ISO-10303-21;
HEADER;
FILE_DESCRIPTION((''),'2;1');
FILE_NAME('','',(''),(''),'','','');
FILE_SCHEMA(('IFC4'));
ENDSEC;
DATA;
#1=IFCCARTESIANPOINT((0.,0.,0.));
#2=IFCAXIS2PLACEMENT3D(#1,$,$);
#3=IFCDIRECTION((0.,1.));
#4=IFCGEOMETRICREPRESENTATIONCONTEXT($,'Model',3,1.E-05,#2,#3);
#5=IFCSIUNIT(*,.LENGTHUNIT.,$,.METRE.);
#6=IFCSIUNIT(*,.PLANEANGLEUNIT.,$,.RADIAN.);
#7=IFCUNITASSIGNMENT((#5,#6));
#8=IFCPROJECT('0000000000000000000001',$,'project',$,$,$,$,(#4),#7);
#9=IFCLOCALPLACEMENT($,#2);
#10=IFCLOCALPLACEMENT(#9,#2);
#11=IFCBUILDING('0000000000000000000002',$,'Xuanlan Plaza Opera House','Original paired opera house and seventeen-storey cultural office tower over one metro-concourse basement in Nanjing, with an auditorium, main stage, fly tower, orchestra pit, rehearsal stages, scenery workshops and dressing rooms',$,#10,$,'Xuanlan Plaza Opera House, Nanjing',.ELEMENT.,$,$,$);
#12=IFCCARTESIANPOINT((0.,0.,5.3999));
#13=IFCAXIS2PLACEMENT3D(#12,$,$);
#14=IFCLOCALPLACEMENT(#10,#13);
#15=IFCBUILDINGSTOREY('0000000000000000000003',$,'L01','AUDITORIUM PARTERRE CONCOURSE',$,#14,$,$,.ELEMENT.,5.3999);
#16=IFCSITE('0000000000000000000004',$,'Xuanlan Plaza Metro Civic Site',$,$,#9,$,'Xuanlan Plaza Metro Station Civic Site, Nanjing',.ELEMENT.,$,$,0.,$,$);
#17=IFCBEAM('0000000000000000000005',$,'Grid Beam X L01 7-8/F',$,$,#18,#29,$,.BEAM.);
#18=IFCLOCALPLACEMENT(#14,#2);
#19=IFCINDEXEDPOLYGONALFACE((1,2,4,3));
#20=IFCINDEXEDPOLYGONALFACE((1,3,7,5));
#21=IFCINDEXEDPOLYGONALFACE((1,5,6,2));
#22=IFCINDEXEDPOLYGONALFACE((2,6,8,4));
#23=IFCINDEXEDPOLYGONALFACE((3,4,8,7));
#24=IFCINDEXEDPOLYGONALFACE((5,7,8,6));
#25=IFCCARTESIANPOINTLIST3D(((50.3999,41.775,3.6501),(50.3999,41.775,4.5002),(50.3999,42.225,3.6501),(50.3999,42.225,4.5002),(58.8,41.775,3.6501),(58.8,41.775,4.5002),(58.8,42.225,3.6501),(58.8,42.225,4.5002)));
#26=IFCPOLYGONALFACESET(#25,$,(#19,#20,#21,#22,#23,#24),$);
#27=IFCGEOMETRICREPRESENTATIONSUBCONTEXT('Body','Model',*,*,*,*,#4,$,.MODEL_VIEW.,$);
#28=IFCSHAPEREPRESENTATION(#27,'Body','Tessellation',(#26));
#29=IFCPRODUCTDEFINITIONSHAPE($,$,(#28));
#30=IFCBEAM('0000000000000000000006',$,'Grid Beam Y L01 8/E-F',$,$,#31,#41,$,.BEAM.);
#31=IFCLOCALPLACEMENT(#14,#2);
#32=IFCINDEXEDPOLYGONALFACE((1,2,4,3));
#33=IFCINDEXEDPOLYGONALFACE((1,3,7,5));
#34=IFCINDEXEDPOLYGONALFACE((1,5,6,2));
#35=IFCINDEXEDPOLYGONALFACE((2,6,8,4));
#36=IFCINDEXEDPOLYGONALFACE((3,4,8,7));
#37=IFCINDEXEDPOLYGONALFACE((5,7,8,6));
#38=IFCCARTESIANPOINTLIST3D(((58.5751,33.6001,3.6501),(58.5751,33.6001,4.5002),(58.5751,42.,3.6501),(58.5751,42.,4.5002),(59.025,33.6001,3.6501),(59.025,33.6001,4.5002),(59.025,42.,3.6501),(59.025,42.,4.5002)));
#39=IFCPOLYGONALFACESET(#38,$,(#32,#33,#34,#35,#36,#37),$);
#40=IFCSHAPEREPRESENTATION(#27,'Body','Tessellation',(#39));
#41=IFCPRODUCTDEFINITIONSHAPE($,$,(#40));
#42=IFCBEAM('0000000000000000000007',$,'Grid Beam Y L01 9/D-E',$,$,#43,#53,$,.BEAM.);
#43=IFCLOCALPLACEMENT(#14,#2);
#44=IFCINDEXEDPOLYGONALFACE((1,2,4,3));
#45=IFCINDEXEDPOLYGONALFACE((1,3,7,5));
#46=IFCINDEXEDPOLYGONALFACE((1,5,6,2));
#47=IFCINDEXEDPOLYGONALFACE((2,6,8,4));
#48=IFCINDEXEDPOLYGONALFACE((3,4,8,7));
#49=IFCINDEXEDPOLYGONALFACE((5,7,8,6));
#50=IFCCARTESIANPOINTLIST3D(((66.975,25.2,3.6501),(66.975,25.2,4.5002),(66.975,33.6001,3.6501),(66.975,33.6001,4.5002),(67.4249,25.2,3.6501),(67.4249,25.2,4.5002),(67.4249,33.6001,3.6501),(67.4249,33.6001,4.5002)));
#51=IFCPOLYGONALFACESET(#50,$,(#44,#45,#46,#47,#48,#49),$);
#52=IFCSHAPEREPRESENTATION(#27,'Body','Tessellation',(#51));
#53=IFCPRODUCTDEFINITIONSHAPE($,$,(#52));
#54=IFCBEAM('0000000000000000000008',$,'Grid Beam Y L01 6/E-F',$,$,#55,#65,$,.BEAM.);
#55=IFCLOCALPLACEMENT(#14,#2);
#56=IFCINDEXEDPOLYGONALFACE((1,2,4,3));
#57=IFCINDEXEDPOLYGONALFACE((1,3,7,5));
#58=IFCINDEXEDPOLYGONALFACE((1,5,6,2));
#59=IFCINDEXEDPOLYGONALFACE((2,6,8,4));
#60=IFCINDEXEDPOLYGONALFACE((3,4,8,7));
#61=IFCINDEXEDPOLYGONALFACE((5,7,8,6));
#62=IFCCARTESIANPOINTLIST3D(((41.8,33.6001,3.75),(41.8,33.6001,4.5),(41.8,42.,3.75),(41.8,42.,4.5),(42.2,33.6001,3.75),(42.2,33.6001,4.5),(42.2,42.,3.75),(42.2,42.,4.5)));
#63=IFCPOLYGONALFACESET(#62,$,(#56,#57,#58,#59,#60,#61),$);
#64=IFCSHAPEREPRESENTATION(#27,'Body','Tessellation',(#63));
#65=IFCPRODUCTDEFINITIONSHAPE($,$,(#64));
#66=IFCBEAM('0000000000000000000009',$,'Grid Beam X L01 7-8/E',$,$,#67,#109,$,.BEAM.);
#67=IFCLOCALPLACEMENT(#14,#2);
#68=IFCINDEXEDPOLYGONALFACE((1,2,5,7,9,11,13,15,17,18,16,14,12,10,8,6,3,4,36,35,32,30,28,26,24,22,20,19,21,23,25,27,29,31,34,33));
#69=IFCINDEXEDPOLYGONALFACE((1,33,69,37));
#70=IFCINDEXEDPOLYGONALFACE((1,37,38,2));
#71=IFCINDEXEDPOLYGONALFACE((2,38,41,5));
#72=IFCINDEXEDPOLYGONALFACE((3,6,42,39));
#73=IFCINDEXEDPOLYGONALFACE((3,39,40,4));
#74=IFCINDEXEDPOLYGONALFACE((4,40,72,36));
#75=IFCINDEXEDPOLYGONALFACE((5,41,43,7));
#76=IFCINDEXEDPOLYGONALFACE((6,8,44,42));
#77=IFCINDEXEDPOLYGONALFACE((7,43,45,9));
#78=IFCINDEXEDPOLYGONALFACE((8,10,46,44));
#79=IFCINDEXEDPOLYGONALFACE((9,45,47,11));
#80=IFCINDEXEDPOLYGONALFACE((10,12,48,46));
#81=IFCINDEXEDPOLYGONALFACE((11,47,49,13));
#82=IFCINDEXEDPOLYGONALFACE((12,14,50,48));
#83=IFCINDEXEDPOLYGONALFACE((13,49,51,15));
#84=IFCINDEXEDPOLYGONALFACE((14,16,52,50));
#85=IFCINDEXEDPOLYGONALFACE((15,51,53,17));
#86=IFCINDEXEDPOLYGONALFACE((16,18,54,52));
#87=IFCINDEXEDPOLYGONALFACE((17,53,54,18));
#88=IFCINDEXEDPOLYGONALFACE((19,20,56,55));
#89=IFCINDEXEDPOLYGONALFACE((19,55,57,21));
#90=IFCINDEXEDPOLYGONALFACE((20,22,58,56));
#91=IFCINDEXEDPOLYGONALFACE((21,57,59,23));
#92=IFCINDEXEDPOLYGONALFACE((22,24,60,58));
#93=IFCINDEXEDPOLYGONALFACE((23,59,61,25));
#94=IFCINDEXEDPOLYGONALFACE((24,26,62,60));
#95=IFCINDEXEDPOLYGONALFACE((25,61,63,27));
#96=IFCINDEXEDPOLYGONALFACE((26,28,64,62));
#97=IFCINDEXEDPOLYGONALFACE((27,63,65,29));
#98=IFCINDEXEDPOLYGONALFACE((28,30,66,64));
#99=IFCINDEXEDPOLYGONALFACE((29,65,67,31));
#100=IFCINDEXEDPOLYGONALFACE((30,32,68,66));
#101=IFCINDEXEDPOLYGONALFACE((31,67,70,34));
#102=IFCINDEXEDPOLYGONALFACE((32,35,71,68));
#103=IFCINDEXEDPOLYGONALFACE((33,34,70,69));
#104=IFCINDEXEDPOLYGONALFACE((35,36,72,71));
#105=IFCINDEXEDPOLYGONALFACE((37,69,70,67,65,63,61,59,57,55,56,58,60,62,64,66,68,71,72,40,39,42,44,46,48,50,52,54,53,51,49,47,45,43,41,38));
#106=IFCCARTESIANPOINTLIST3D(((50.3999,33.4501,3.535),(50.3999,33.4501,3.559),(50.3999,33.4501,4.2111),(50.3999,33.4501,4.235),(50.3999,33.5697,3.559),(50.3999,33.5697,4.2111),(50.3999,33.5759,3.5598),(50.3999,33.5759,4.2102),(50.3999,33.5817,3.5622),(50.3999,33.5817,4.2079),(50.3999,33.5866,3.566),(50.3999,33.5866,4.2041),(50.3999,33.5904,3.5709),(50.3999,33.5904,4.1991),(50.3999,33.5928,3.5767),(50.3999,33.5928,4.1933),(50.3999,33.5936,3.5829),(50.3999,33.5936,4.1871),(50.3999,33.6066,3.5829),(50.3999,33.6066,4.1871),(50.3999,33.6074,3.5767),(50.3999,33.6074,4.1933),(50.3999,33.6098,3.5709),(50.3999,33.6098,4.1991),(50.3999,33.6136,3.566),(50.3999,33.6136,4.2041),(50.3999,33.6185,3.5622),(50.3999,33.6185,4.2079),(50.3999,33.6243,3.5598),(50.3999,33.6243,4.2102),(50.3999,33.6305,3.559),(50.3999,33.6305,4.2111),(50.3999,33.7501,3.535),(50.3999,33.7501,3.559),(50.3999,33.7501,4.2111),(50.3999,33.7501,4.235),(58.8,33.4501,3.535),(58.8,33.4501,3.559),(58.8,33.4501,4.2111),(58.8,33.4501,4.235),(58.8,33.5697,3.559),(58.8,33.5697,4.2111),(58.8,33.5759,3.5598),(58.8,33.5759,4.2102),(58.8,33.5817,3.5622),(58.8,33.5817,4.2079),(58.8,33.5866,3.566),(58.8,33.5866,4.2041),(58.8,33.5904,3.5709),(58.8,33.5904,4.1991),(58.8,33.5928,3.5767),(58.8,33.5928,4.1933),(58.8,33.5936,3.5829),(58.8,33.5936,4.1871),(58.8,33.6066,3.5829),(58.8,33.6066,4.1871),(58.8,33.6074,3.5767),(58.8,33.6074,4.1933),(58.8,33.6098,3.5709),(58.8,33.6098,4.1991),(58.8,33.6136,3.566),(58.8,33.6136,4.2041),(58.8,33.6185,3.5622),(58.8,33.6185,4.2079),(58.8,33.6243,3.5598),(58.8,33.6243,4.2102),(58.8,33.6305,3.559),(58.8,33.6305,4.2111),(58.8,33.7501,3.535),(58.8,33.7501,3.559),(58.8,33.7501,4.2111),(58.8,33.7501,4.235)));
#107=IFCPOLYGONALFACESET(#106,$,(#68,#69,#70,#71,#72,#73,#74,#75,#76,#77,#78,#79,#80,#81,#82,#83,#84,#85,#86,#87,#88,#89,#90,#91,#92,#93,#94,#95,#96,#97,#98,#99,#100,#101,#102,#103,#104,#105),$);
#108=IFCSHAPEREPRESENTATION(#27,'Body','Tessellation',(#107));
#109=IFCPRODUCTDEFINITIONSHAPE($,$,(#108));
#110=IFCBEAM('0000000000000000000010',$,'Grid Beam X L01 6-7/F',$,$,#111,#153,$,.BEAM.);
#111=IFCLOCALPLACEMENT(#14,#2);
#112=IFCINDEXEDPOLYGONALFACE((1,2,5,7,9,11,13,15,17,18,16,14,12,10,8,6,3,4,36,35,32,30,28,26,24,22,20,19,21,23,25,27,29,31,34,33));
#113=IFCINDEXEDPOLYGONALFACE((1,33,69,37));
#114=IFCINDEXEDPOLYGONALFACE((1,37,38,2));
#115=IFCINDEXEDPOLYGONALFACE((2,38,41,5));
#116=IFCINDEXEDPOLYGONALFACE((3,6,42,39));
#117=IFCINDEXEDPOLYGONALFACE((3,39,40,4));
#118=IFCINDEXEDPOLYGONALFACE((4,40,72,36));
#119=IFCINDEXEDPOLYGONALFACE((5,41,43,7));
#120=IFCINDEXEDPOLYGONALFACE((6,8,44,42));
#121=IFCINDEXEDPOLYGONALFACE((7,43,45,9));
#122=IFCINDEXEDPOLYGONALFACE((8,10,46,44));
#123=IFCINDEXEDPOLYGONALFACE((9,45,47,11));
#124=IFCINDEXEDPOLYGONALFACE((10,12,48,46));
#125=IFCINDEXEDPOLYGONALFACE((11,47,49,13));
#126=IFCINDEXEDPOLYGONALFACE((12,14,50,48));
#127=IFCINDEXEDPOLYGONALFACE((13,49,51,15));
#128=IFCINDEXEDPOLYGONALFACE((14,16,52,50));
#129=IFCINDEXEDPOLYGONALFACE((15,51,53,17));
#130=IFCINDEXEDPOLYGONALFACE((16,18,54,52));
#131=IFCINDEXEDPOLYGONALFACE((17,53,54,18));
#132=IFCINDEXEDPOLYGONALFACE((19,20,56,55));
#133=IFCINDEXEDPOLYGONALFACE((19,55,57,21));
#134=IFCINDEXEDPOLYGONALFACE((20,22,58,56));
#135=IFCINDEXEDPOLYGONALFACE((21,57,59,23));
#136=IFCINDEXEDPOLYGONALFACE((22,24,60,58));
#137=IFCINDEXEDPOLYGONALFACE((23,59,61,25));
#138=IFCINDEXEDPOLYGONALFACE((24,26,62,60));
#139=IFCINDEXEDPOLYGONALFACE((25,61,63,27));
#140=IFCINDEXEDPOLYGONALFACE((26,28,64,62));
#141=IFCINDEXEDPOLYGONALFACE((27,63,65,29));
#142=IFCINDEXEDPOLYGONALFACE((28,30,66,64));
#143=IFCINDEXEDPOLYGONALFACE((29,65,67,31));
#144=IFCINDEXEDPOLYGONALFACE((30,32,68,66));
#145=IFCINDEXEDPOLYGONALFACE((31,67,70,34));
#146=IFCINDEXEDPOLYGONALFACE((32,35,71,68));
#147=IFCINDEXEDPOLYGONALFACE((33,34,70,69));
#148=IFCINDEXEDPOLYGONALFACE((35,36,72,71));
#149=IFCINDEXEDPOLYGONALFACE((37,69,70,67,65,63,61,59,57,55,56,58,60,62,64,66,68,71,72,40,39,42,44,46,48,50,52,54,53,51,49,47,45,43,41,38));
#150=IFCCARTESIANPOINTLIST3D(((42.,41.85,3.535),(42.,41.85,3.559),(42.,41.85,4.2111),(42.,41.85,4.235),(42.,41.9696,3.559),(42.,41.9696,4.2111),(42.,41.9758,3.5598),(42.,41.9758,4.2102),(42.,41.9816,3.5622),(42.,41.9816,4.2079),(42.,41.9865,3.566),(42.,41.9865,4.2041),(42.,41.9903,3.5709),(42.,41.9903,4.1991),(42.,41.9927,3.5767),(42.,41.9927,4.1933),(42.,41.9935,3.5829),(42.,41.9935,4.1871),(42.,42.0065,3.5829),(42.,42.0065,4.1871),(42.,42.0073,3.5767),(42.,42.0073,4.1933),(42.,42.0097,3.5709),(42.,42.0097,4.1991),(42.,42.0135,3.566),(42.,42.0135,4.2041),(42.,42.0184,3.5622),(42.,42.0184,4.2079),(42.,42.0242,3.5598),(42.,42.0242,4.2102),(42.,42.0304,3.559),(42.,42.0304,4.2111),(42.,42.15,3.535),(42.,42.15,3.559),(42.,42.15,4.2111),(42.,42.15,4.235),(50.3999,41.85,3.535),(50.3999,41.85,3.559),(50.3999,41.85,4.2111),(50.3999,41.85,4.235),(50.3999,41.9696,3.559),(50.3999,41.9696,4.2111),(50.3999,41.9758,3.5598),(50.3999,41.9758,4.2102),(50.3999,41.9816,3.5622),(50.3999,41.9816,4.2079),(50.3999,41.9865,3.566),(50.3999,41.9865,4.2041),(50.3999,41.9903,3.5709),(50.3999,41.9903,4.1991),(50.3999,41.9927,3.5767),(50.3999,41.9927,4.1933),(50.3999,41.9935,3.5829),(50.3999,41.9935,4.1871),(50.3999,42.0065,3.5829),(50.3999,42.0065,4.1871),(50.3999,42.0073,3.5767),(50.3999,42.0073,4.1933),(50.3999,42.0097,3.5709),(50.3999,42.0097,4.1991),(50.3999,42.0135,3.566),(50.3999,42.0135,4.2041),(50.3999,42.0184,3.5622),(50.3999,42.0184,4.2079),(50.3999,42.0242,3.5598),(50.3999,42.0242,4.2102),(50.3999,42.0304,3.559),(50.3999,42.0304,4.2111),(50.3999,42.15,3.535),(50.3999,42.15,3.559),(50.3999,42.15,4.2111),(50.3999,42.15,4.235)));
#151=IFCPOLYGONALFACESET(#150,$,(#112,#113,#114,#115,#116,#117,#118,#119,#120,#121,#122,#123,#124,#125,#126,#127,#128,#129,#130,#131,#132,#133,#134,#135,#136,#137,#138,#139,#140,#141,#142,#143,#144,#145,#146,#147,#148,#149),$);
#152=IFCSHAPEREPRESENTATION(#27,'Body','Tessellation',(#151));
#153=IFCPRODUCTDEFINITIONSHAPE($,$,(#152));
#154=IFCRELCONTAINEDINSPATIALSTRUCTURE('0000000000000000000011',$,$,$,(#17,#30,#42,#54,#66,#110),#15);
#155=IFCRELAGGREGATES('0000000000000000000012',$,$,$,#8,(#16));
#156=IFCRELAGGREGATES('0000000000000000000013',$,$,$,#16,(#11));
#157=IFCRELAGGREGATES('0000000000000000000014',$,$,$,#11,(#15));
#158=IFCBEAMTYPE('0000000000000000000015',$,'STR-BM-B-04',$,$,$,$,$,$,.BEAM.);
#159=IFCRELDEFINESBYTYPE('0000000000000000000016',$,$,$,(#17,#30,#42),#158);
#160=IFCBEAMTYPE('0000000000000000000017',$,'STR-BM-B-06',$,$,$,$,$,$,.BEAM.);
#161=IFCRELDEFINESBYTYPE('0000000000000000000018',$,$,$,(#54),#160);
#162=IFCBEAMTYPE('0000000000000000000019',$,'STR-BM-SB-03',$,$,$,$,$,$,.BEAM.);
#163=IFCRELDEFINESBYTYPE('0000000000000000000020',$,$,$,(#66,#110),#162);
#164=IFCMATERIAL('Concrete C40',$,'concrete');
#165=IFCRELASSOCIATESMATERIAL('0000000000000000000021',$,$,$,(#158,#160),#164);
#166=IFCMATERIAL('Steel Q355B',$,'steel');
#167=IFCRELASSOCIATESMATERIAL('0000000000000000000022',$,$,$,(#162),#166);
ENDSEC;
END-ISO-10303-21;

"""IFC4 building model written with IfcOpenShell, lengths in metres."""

from ifc_helpers import new_model, si_unit, direction, frame, origin, origin_2d, place, context, subcontext, project, spatial, rectangle, i_section, extrude, material, material_profile, profile_set, type_object, element, save


model = new_model("IFC4")

# Units and contexts
model_context = context("Model", 3, precision=1e-05, world=origin(), true_north=direction((0.0, 1.0)))
body_context = subcontext(model_context, "Body", "Model", "MODEL_VIEW")
ifc_project = project(units=[si_unit("LENGTHUNIT", "METRE"), si_unit("PLANEANGLEUNIT", "RADIAN")], contexts=[model_context])

# Site, building, storey
site_placement = place(None, origin())
site = spatial("IfcSite", under=ifc_project, at=site_placement, Name="Xuanlan Plaza Metro Civic Site", LongName="Xuanlan Plaza Metro Station Civic Site, Nanjing", CompositionType="ELEMENT", RefElevation=0.0)
building_placement = place(site_placement, origin())
building = spatial("IfcBuilding", under=site, at=building_placement, Name="Xuanlan Plaza Opera House", Description="Original paired opera house and seventeen-storey cultural office tower over one metro-concourse basement in Nanjing, with an auditorium, main stage, fly tower, orchestra pit, rehearsal stages, scenery workshops and dressing rooms", LongName="Xuanlan Plaza Opera House, Nanjing", CompositionType="ELEMENT")
storey_placement = place(building_placement, frame((0.0, 0.0, 5.3999)))
storey = spatial("IfcBuildingStorey", under=building, at=storey_placement, Name="L01", Description="AUDITORIUM PARTERRE CONCOURSE", CompositionType="ELEMENT", Elevation=5.3999)

# Shared definitions
ifc_material_1 = material(Name="Concrete C40", Category="concrete")

# Beams
ifc_material_profile_1 = material_profile(ifc_material_1, rectangle(XDim=0.45, YDim=0.8501, at=origin_2d()), Name="RC-BM 450x850")
ifc_profile_set_1 = profile_set([ifc_material_profile_1], Name="Concrete C40")
beam_type_1 = type_object("IfcBeamType", Name="STR-BM-B-04", PredefinedType="BEAM", material=ifc_profile_set_1)
beam_1_placement = place(storey_placement, frame((50.3999, 42.0, 4.0752), z_axis=(1.0, 0.0, 0.0), x_axis=(0.0, 1.0, 0.0)))
element("IfcBeam", 1, at=beam_1_placement, inside=storey, type_object=beam_type_1, Name="Grid Beam X L01 7-8/F", PredefinedType="BEAM", context=body_context, shape_type="SweptSolid", body=[
    extrude(rectangle(XDim=0.45, YDim=0.8501, at=origin_2d()), origin(), (0.0, 0.0, 1.0), 8.4001),
])
beam_2_placement = place(storey_placement, frame((58.8, 33.6001, 4.0752), z_axis=(0.0, 1.0, 0.0), x_axis=(-1.0, 0.0, 0.0)))
element("IfcBeam", 2, at=beam_2_placement, inside=storey, type_object=beam_type_1, Name="Grid Beam Y L01 8/E-F", PredefinedType="BEAM", context=body_context, shape_type="SweptSolid", body=[
    extrude(rectangle(XDim=0.45, YDim=0.8501, at=origin_2d()), origin(), (0.0, 0.0, 1.0), 8.3999),
])
beam_3_placement = place(storey_placement, frame((67.2, 25.2, 4.0752), z_axis=(0.0, 1.0, 0.0), x_axis=(-1.0, 0.0, 0.0)))
element("IfcBeam", 3, at=beam_3_placement, inside=storey, type_object=beam_type_1, Name="Grid Beam Y L01 9/D-E", PredefinedType="BEAM", context=body_context, shape_type="SweptSolid", body=[
    extrude(rectangle(XDim=0.45, YDim=0.8501, at=origin_2d()), origin(), (0.0, 0.0, 1.0), 8.4001),
])
ifc_material_profile_2 = material_profile(ifc_material_1, rectangle(XDim=0.3999, YDim=0.75, at=origin_2d()), Name="RC-BM 400x750")
ifc_profile_set_2 = profile_set([ifc_material_profile_2], Name="Concrete C40")
beam_type_2 = type_object("IfcBeamType", Name="STR-BM-B-06", PredefinedType="BEAM", material=ifc_profile_set_2)
beam_4_placement = place(storey_placement, frame((42.0, 33.6001, 4.125), z_axis=(0.0, 1.0, 0.0), x_axis=(-1.0, 0.0, 0.0)))
element("IfcBeam", 4, at=beam_4_placement, inside=storey, type_object=beam_type_2, Name="Grid Beam Y L01 6/E-F", PredefinedType="BEAM", context=body_context, shape_type="SweptSolid", body=[
    extrude(rectangle(XDim=0.3999, YDim=0.75, at=origin_2d()), origin(), (0.0, 0.0, 1.0), 8.3999),
])
ifc_material_2 = material(Name="Steel Q355B", Category="steel")
ifc_material_profile_3 = material_profile(ifc_material_2, i_section(OverallWidth=0.3, OverallDepth=0.7, WebThickness=0.0129, FlangeThickness=0.0239, FilletRadius=0.0239, at=origin_2d()), Name="HN 700x300x13x24")
ifc_profile_set_3 = profile_set([ifc_material_profile_3], Name="Steel Q355B")
beam_type_3 = type_object("IfcBeamType", Name="STR-BM-SB-03", PredefinedType="BEAM", material=ifc_profile_set_3)
beam_5_placement = place(storey_placement, frame((50.3999, 33.6001, 3.885), z_axis=(1.0, 0.0, 0.0), x_axis=(0.0, 1.0, 0.0)))
element("IfcBeam", 5, at=beam_5_placement, inside=storey, type_object=beam_type_3, Name="Grid Beam X L01 7-8/E", PredefinedType="BEAM", context=body_context, shape_type="SweptSolid", body=[
    extrude(i_section(OverallWidth=0.3, OverallDepth=0.7, WebThickness=0.0129, FlangeThickness=0.0239, FilletRadius=0.0239, at=origin_2d()), origin(), (0.0, 0.0, 1.0), 8.4001),
])
beam_6_placement = place(storey_placement, frame((42.0, 42.0, 3.885), z_axis=(1.0, 0.0, 0.0), x_axis=(0.0, 1.0, 0.0)))
element("IfcBeam", 6, at=beam_6_placement, inside=storey, type_object=beam_type_3, Name="Grid Beam X L01 6-7/F", PredefinedType="BEAM", context=body_context, shape_type="SweptSolid", body=[
    extrude(i_section(OverallWidth=0.3, OverallDepth=0.7, WebThickness=0.0129, FlangeThickness=0.0239, FilletRadius=0.0239, at=origin_2d()), origin(), (0.0, 0.0, 1.0), 8.3999),
])

save(model, "model.ifc")
